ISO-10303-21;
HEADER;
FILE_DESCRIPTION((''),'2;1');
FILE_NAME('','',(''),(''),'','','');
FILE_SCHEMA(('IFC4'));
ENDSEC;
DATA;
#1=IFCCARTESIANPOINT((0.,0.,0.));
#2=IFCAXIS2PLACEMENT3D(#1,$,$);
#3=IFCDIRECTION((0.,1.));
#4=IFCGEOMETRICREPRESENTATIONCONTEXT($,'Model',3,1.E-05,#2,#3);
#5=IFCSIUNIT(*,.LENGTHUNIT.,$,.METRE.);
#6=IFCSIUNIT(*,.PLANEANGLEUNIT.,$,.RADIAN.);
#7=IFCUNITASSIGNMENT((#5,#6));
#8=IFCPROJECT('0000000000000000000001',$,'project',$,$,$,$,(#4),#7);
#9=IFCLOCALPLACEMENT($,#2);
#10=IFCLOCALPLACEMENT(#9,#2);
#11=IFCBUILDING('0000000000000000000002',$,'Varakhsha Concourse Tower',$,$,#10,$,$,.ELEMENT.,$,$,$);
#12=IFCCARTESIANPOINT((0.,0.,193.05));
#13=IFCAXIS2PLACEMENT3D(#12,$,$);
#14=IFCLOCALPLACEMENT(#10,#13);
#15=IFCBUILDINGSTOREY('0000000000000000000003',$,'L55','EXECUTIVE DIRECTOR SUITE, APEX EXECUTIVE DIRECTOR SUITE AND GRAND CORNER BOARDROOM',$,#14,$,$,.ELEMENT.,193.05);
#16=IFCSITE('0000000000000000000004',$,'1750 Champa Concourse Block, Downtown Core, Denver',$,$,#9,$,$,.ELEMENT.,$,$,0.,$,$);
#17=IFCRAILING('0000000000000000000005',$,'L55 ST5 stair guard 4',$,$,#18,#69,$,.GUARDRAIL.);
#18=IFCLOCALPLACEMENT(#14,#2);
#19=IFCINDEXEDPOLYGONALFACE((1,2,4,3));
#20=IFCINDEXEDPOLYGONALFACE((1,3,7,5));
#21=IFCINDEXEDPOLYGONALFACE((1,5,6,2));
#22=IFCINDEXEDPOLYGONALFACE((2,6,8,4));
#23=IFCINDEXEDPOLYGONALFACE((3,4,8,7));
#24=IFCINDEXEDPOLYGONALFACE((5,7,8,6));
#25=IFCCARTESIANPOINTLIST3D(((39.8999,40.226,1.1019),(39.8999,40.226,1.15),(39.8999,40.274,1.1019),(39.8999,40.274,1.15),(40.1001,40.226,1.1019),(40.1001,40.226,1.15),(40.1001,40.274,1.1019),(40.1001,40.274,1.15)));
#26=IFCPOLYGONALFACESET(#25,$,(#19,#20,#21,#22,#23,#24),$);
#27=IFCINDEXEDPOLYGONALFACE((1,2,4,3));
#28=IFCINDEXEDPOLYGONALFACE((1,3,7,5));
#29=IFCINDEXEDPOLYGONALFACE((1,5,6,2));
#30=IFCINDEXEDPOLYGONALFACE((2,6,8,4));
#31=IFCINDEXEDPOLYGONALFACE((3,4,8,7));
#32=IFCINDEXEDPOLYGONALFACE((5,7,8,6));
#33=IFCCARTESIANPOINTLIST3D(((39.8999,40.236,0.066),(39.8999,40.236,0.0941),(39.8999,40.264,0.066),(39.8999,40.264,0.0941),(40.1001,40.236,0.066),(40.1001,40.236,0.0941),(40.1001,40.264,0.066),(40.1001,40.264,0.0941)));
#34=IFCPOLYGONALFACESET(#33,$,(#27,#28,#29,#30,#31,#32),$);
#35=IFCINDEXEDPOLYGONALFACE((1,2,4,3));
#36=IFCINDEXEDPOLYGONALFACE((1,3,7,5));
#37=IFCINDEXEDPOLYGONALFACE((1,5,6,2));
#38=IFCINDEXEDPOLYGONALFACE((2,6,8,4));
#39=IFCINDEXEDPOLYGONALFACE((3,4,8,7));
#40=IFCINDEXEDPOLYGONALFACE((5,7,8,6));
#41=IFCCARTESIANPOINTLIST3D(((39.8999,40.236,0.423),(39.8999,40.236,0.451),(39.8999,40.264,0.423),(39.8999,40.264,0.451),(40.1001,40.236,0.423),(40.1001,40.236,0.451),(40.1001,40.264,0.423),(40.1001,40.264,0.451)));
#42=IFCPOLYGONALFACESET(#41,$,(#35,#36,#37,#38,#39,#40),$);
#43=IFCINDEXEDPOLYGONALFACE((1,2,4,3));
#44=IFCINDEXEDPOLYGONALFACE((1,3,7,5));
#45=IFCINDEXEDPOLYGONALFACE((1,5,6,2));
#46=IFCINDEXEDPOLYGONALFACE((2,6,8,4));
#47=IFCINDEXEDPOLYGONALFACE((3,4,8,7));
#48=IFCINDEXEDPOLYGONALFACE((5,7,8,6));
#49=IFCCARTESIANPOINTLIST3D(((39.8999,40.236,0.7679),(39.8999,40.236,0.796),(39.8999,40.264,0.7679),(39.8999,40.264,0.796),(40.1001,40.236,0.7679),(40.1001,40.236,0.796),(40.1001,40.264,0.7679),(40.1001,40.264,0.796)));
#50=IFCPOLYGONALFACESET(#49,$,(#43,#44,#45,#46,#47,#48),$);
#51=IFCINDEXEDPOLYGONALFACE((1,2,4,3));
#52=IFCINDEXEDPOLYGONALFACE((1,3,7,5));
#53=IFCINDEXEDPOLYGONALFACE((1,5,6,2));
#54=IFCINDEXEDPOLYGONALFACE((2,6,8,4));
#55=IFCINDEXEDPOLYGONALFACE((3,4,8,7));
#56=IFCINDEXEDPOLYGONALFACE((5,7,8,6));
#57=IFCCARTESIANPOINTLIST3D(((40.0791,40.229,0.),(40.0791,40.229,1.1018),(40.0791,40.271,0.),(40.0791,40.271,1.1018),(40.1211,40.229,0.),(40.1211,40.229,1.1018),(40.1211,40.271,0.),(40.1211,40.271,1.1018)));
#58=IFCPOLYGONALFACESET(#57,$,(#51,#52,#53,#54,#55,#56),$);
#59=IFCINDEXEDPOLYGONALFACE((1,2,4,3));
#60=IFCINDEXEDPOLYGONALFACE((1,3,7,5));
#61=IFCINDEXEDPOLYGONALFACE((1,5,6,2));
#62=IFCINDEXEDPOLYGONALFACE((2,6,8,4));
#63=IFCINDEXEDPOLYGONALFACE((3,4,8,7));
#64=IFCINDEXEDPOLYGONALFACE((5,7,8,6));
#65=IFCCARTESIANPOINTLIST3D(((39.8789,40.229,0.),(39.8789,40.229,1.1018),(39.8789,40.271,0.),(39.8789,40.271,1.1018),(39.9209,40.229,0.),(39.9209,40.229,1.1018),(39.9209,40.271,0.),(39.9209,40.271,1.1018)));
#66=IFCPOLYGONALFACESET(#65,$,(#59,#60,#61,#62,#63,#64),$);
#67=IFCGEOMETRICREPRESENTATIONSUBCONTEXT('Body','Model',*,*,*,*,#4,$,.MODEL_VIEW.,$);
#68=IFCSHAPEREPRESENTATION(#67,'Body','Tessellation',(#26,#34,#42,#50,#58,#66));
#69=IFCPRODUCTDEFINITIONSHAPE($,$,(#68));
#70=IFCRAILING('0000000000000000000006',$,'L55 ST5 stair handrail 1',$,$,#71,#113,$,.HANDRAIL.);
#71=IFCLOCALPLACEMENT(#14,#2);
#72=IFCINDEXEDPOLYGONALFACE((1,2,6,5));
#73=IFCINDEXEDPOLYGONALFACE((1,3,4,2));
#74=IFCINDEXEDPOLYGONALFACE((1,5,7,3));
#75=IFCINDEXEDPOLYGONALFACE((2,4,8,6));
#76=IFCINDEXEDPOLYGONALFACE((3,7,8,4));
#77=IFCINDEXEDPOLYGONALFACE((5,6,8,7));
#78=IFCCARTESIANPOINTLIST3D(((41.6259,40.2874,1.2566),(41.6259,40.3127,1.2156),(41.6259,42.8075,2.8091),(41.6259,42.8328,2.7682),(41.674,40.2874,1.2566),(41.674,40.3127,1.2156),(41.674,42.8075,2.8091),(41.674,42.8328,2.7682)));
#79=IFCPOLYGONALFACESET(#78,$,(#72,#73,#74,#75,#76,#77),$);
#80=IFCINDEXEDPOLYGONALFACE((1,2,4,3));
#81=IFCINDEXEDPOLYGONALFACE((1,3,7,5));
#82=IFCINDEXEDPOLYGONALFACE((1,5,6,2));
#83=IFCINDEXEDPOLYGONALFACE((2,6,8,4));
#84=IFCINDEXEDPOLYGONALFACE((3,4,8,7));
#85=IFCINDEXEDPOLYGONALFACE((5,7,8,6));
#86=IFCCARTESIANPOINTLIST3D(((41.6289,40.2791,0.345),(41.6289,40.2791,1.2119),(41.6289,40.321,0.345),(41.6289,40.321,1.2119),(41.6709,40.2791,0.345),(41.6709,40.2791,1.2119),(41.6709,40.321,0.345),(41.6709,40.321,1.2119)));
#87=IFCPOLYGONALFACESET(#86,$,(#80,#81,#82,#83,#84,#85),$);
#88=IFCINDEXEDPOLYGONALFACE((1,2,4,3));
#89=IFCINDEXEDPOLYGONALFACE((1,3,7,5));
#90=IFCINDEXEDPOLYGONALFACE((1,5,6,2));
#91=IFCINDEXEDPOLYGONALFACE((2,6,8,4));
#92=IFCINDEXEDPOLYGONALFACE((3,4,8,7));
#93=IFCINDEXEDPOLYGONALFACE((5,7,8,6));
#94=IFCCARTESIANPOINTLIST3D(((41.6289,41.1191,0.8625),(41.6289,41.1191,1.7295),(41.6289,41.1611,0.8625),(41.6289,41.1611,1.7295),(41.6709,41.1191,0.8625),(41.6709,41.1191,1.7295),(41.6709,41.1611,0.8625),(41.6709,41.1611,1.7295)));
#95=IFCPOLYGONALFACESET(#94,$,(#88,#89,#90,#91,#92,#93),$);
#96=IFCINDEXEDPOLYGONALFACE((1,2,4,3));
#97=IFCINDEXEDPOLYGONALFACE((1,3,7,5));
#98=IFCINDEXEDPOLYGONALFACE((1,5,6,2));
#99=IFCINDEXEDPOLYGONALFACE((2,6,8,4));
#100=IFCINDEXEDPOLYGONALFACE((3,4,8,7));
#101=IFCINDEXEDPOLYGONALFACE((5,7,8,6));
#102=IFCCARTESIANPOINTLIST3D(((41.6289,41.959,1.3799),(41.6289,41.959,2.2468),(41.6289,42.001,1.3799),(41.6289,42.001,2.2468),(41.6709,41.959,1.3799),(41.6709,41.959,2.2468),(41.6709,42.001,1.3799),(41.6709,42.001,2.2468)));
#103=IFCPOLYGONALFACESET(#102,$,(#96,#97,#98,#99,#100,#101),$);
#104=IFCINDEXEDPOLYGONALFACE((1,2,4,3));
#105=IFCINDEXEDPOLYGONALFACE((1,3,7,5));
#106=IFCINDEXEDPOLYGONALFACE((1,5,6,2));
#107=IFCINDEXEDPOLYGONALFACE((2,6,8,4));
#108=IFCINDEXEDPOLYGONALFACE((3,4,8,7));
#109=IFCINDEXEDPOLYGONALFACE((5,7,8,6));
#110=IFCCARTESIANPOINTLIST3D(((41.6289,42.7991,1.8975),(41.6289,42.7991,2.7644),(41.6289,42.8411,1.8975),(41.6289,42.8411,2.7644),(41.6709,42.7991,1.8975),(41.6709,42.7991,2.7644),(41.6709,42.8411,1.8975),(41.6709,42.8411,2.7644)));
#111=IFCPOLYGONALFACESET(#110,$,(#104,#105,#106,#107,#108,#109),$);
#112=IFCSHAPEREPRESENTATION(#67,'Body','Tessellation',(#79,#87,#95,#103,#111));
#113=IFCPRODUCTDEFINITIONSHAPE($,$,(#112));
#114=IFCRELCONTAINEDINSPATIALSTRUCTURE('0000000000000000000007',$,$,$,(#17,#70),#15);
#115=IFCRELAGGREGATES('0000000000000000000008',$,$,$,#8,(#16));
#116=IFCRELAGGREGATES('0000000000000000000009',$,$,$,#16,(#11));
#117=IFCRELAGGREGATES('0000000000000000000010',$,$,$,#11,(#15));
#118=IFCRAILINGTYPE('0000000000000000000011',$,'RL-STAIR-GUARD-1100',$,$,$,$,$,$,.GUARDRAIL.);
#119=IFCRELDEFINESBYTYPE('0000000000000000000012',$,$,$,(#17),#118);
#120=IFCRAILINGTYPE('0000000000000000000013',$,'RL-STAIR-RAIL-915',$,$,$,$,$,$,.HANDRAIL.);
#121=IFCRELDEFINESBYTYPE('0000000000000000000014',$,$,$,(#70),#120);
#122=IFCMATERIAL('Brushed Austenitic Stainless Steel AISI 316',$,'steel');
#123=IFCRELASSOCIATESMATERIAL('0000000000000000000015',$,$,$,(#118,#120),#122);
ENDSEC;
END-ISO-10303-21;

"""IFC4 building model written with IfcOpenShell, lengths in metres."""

from ifc_helpers import new_model, si_unit, direction, frame, origin, origin_2d, place, context, subcontext, project, spatial, rectangle, extrude, material, type_object, element, save


model = new_model("IFC4")

# Units and contexts
model_context = context("Model", 3, precision=1e-05, world=origin(), true_north=direction((0.0, 1.0)))
body_context = subcontext(model_context, "Body", "Model", "MODEL_VIEW")
ifc_project = project(units=[si_unit("LENGTHUNIT", "METRE"), si_unit("PLANEANGLEUNIT", "RADIAN")], contexts=[model_context])

# Site, building, storey
site_placement = place(None, origin())
site = spatial("IfcSite", under=ifc_project, at=site_placement, Name="1750 Champa Concourse Block, Downtown Core, Denver", CompositionType="ELEMENT", RefElevation=0.0)
building_placement = place(site_placement, origin())
building = spatial("IfcBuilding", under=site, at=building_placement, Name="Varakhsha Concourse Tower", CompositionType="ELEMENT")
storey_placement = place(building_placement, frame((0.0, 0.0, 193.05)))
storey = spatial("IfcBuildingStorey", under=building, at=storey_placement, Name="L55", Description="EXECUTIVE DIRECTOR SUITE, APEX EXECUTIVE DIRECTOR SUITE AND GRAND CORNER BOARDROOM", CompositionType="ELEMENT", Elevation=193.05)

# Railings
ifc_material_1 = material(Name="Brushed Austenitic Stainless Steel AISI 316", Category="steel")
railing_type_1 = type_object("IfcRailingType", Name="RL-STAIR-GUARD-1100", PredefinedType="GUARDRAIL", material=ifc_material_1)
railing_1_placement = place(storey_placement, frame((40.1001, 40.25, 0.0)))
element("IfcRailing", 1, at=railing_1_placement, inside=storey, type_object=railing_type_1, Name="L55 ST5 stair guard 4", PredefinedType="GUARDRAIL", context=body_context, shape_type="SweptSolid", body=[
    extrude(rectangle(XDim=0.0481, YDim=0.0481, at=origin_2d()), frame((0.0, 0.0, 1.126), z_axis=(-1.0, 0.0, 0.0), x_axis=(0.0, -1.0, 0.0)), (0.0, 0.0, 1.0), 0.2002),
    extrude(rectangle(XDim=0.0281, YDim=0.0281, at=origin_2d()), frame((0.0, 0.0, 0.0801), z_axis=(-1.0, 0.0, 0.0), x_axis=(0.0, -1.0, 0.0)), (0.0, 0.0, 1.0), 0.2002),
    extrude(rectangle(XDim=0.0281, YDim=0.0281, at=origin_2d()), frame((0.0, 0.0, 0.437), z_axis=(-1.0, 0.0, 0.0), x_axis=(0.0, -1.0, 0.0)), (0.0, 0.0, 1.0), 0.2002),
    extrude(rectangle(XDim=0.0281, YDim=0.0281, at=origin_2d()), frame((0.0, 0.0, 0.782), z_axis=(-1.0, 0.0, 0.0), x_axis=(0.0, -1.0, 0.0)), (0.0, 0.0, 1.0), 0.2002),
    extrude(rectangle(XDim=0.042, YDim=0.042, at=origin_2d()), origin(), (0.0, 0.0, 1.0), 1.1018),
    extrude(rectangle(XDim=0.042, YDim=0.042, at=origin_2d()), frame((-0.2002, 0.0, 0.0)), (0.0, 0.0, 1.0), 1.1018),
])
railing_type_2 = type_object("IfcRailingType", Name="RL-STAIR-RAIL-915", PredefinedType="HANDRAIL", material=ifc_material_1)
railing_2_placement = place(storey_placement, frame((41.6499, 40.3, 0.345)))
element("IfcRailing", 2, at=railing_2_placement, inside=storey, type_object=railing_type_2, Name="L55 ST5 stair handrail 1", PredefinedType="HANDRAIL", context=body_context, shape_type="SweptSolid", body=[
    extrude(rectangle(XDim=0.0481, YDim=0.0481, at=origin_2d()), frame((0.0, 0.0, 0.8911), z_axis=(0.0, 0.8514, 0.524516), x_axis=(-1.0, 0.0, 0.0)), (0.0, 0.0, 1.0), 2.96),
    extrude(rectangle(XDim=0.042, YDim=0.042, at=origin_2d()), origin(), (0.0, 0.0, 1.0), 0.8669),
    extrude(rectangle(XDim=0.042, YDim=0.042, at=origin_2d()), frame((0.0, 0.8401, 0.5176)), (0.0, 0.0, 1.0), 0.8669),
    extrude(rectangle(XDim=0.042, YDim=0.042, at=origin_2d()), frame((0.0, 1.6799, 1.0349)), (0.0, 0.0, 1.0), 0.8669),
    extrude(rectangle(XDim=0.042, YDim=0.042, at=origin_2d()), frame((0.0, 2.52, 1.5525)), (0.0, 0.0, 1.0), 0.8669),
])

save(model, "model.ifc")
